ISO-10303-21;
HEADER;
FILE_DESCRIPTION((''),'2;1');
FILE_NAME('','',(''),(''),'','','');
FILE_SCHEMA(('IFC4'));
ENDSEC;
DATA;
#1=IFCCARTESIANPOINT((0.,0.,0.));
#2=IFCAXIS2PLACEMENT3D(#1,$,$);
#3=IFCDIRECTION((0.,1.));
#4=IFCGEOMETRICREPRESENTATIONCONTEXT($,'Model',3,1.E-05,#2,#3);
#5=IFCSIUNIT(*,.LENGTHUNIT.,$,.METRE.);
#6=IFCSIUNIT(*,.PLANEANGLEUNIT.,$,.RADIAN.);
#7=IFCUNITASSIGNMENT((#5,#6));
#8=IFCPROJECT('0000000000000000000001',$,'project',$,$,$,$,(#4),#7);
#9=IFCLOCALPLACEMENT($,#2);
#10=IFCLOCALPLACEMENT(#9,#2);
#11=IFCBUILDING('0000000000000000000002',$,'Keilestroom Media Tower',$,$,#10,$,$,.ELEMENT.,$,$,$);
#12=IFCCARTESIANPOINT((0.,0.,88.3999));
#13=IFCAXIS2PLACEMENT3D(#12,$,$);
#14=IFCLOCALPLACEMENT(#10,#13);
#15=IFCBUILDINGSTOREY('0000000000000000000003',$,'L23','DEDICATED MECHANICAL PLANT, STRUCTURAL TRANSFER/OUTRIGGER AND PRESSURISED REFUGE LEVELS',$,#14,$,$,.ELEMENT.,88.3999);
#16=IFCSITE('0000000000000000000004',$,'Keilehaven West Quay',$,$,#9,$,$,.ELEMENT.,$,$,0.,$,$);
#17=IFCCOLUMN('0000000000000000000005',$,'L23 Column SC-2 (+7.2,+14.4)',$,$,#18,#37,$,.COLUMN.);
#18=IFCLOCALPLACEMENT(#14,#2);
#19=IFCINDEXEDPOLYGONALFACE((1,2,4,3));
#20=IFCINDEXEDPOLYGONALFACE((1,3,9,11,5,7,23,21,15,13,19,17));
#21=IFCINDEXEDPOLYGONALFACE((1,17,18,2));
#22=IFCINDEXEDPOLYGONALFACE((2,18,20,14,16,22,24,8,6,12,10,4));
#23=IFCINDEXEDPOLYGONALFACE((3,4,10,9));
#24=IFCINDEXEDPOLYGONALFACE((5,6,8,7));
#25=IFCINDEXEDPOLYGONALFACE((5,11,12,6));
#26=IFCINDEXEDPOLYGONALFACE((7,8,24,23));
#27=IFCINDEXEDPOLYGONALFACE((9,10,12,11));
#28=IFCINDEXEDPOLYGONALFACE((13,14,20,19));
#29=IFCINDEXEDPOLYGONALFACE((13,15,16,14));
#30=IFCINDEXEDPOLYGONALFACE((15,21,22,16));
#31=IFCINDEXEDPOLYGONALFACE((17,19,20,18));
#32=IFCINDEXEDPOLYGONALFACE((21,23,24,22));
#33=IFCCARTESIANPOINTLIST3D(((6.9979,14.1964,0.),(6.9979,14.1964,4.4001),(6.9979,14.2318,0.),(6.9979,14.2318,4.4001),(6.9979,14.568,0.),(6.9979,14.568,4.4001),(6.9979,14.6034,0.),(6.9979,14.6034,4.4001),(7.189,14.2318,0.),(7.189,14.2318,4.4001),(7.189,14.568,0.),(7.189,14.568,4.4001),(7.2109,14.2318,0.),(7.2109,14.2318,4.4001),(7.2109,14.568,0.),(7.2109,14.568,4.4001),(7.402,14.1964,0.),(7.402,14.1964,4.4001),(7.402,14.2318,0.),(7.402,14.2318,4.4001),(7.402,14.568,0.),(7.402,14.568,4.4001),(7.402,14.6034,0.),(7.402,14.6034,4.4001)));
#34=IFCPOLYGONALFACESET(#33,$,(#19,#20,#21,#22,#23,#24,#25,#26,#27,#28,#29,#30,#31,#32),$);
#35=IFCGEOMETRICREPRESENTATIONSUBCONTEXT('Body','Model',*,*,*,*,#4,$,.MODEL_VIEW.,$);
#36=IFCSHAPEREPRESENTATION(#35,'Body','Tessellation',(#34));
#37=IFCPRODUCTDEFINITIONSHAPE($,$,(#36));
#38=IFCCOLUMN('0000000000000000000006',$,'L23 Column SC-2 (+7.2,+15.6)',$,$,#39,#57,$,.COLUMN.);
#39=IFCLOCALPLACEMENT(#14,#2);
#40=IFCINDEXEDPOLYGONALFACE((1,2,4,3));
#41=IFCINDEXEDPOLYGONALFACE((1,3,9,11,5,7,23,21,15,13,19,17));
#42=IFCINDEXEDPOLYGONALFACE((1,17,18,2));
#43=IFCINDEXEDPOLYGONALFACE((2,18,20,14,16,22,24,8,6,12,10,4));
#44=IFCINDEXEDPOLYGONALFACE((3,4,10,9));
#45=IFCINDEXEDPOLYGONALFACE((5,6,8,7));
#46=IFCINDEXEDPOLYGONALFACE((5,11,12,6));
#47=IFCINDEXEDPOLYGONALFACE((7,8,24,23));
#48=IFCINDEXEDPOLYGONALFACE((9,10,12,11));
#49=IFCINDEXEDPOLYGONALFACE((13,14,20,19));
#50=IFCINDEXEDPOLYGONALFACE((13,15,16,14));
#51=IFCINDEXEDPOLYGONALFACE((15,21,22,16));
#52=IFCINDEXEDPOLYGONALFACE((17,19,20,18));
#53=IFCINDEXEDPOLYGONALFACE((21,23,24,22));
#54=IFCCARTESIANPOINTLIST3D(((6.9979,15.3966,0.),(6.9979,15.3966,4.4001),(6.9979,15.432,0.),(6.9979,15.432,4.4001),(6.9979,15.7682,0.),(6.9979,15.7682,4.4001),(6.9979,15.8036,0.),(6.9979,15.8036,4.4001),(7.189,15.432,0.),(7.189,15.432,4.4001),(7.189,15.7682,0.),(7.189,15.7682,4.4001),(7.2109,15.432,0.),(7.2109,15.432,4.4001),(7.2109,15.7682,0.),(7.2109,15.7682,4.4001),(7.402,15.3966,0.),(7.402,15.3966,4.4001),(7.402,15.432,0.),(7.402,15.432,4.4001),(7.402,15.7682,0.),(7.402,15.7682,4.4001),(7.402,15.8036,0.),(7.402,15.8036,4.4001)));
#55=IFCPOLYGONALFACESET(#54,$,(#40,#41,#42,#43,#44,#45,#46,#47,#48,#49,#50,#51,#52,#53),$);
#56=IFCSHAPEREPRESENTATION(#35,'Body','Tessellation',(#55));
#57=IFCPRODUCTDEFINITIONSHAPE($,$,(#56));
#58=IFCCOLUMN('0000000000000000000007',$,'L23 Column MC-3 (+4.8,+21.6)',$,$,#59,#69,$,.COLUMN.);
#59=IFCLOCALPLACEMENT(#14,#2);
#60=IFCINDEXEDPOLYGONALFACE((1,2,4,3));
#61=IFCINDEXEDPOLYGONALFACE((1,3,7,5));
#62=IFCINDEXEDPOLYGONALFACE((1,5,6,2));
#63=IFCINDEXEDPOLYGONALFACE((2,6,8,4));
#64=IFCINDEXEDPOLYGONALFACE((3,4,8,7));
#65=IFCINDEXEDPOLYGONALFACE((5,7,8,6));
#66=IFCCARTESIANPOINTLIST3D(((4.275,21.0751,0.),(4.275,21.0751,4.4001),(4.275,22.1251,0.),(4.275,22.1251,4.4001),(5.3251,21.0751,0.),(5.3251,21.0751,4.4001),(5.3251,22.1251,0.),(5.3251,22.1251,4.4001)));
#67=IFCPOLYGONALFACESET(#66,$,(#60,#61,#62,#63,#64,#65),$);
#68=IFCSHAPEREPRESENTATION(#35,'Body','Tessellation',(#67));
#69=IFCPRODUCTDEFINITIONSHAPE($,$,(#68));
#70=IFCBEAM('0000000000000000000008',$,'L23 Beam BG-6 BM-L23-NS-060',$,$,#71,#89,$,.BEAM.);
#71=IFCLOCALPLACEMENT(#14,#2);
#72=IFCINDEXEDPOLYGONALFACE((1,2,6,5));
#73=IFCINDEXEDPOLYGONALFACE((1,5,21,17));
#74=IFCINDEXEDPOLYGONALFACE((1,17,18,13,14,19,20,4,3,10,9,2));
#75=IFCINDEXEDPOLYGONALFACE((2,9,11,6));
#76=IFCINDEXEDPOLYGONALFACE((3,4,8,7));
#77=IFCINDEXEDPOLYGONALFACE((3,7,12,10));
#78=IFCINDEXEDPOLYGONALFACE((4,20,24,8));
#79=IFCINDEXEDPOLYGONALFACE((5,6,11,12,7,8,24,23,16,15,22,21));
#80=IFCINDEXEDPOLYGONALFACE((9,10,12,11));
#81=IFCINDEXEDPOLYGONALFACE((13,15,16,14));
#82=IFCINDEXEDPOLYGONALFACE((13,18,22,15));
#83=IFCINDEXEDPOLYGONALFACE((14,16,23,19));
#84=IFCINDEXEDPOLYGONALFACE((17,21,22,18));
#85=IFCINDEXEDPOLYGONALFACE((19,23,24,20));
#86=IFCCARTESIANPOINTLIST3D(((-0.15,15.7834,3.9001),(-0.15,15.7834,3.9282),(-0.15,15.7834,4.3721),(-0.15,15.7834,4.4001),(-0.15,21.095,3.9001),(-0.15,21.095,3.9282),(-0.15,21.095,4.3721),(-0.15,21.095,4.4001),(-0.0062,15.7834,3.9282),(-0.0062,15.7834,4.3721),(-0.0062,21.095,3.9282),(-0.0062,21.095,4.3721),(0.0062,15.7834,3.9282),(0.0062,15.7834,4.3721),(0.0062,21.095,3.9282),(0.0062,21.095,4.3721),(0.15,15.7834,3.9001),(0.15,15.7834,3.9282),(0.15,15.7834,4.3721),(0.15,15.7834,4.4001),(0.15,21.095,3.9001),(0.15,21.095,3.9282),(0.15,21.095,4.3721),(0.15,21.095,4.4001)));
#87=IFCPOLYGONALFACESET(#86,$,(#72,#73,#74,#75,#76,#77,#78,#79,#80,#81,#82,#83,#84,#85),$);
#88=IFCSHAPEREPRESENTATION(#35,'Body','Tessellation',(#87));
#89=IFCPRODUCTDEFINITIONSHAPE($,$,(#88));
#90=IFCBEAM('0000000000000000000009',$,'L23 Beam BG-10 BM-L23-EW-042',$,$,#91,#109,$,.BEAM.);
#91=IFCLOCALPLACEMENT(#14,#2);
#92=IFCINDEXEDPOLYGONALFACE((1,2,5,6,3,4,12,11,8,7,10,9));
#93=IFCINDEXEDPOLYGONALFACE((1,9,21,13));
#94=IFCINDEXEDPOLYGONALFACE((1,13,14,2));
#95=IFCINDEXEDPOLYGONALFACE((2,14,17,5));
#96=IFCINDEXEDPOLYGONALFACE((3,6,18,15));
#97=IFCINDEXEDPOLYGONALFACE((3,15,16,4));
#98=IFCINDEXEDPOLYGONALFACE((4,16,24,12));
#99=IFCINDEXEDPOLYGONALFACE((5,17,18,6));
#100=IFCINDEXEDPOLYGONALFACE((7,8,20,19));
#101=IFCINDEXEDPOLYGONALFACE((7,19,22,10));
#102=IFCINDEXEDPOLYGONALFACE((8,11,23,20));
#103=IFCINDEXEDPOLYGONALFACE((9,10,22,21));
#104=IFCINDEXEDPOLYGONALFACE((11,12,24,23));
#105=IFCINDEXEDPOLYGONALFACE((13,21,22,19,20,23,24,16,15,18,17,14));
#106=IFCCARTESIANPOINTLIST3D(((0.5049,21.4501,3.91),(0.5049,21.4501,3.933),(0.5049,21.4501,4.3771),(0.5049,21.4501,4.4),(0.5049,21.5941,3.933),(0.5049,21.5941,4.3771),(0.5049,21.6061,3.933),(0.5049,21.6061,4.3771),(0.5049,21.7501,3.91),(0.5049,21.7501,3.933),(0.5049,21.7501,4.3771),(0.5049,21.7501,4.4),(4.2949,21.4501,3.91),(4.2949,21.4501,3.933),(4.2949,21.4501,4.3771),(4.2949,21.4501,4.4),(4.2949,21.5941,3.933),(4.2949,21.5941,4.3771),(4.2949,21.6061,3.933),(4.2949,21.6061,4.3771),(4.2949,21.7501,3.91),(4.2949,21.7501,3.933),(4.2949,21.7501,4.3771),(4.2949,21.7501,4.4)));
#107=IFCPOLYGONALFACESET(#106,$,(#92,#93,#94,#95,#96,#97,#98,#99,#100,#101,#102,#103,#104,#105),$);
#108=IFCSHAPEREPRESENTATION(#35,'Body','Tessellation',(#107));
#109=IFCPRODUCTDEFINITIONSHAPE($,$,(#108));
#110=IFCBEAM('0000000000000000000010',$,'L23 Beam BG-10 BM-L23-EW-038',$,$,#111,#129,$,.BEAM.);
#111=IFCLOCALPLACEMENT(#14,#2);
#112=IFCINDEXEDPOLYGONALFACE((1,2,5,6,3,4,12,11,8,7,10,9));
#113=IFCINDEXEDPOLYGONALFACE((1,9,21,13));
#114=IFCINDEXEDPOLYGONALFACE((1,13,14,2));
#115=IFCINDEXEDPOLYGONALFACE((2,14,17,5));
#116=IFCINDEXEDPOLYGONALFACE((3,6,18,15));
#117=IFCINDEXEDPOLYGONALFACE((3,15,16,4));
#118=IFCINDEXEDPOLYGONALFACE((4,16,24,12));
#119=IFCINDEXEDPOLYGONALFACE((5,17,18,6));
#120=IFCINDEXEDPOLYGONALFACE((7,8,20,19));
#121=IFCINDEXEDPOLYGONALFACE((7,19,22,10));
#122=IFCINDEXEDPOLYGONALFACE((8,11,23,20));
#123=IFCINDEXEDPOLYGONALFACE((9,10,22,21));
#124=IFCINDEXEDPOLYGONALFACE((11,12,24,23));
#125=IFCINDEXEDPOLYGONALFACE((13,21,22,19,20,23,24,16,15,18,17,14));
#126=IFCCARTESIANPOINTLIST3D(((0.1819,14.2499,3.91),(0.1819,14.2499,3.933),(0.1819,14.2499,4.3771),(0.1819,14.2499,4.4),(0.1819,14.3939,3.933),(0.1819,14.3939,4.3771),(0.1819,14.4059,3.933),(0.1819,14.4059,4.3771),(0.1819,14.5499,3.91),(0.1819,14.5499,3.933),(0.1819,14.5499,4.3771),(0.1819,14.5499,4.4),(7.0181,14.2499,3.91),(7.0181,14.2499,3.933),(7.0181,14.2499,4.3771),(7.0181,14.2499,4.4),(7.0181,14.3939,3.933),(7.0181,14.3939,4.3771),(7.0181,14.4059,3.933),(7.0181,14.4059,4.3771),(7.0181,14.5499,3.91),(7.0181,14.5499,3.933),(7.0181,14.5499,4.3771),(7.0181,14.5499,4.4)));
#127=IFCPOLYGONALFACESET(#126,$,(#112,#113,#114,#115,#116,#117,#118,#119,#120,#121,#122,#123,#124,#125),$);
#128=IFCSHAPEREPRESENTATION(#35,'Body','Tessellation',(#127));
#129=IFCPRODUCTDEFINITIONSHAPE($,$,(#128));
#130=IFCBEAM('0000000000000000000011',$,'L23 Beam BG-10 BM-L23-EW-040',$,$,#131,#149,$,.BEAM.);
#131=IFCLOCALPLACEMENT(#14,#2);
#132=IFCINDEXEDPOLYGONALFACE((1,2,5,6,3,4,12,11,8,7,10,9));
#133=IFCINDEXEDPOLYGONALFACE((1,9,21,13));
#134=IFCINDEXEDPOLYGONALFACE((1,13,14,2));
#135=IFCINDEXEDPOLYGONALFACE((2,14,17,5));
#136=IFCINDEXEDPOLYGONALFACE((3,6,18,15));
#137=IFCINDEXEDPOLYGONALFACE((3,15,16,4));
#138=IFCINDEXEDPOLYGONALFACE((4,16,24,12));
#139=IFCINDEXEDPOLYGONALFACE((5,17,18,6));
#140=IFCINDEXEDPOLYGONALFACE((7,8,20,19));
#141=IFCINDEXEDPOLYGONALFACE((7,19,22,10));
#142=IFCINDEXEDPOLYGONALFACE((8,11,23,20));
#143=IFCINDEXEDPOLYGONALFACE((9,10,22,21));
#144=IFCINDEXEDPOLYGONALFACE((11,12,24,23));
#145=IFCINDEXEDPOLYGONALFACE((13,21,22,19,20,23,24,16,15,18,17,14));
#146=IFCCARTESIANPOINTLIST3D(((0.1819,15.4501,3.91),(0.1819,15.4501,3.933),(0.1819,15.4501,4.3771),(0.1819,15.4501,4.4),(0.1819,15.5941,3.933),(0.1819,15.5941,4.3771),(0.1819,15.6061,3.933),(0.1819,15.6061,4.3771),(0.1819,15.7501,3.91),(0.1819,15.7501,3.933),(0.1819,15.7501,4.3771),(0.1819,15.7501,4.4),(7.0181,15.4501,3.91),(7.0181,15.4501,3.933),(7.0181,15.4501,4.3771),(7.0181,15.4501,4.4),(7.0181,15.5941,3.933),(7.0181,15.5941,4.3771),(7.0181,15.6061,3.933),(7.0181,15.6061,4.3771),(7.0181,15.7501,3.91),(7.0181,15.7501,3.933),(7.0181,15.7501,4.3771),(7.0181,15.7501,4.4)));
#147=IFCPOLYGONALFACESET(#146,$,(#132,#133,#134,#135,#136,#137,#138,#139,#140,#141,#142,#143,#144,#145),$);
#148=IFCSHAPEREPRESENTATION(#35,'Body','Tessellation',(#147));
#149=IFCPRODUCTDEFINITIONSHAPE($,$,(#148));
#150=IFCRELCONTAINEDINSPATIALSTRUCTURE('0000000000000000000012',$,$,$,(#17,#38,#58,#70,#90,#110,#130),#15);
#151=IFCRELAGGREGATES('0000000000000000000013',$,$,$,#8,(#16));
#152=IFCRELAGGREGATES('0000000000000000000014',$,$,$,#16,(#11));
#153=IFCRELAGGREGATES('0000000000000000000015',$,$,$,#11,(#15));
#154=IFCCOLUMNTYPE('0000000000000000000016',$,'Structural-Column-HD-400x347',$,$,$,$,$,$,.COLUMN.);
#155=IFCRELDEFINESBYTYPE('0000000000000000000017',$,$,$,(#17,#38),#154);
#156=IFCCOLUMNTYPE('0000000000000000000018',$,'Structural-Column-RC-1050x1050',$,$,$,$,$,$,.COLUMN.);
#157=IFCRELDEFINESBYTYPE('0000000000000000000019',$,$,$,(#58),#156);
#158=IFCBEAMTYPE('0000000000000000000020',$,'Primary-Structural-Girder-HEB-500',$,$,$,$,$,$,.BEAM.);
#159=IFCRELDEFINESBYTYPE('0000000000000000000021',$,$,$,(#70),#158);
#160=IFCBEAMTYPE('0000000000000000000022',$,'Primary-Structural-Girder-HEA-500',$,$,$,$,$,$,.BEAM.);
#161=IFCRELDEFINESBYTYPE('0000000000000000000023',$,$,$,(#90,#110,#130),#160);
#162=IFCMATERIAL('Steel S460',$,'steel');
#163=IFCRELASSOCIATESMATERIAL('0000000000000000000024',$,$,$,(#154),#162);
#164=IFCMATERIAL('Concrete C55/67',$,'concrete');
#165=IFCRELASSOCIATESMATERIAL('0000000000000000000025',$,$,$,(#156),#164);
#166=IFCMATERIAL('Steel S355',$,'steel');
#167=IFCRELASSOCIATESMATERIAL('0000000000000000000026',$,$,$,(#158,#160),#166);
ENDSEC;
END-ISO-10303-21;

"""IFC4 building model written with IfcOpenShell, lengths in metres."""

from ifc_helpers import new_model, si_unit, direction, frame, origin, origin_2d, place, context, subcontext, project, spatial, rectangle, i_section, extrude, source, transform, mapped, material, material_profile, profile_set, type_object, element, save


model = new_model("IFC4")

# Units and contexts
model_context = context("Model", 3, precision=1e-05, world=origin(), true_north=direction((0.0, 1.0)))
body_context = subcontext(model_context, "Body", "Model", "MODEL_VIEW")
ifc_project = project(units=[si_unit("LENGTHUNIT", "METRE"), si_unit("PLANEANGLEUNIT", "RADIAN")], contexts=[model_context])

# Site, building, storey
site_placement = place(None, origin())
site = spatial("IfcSite", under=ifc_project, at=site_placement, Name="Keilehaven West Quay", CompositionType="ELEMENT", RefElevation=0.0)
building_placement = place(site_placement, origin())
building = spatial("IfcBuilding", under=site, at=building_placement, Name="Keilestroom Media Tower", CompositionType="ELEMENT")
storey_placement = place(building_placement, frame((0.0, 0.0, 88.3999)))
storey = spatial("IfcBuildingStorey", under=building, at=storey_placement, Name="L23", Description="DEDICATED MECHANICAL PLANT, STRUCTURAL TRANSFER/OUTRIGGER AND PRESSURISED REFUGE LEVELS", CompositionType="ELEMENT", Elevation=88.3999)

# Columns
ifc_material_1 = material(Name="Steel S460", Category="steel")
ifc_material_profile_1 = material_profile(ifc_material_1, i_section(OverallWidth=0.4041, OverallDepth=0.407, WebThickness=0.022, FlangeThickness=0.0354, at=origin_2d()), Name="HD 400x347")
ifc_profile_set_1 = profile_set([ifc_material_profile_1], Name="Steel S460")
column_type_1 = type_object("IfcColumnType", Name="Structural-Column-HD-400x347", PredefinedType="COLUMN", material=ifc_profile_set_1)
shared_shape_1 = source(origin(), body_context, "Body", "SweptSolid", [
    extrude(i_section(OverallWidth=0.4041, OverallDepth=0.407, WebThickness=0.022, FlangeThickness=0.0354, at=origin_2d()), origin(), (0.0, 0.0, 1.0), 4.4001),
])
for number, where, z_axis, x_axis, name in (
    (1, (7.2, 14.3999, 0.0), (0.0, 0.0, 1.0), (1.0, 0.0, 0.0), "L23 Column SC-2 (+7.2,+14.4)"),
    (2, (7.2, 15.6001, 0.0), (0.0, 0.0, 1.0), (1.0, 0.0, 0.0), "L23 Column SC-2 (+7.2,+15.6)"),
):
    element("IfcColumn", number, at=place(storey_placement, frame(where, z_axis=z_axis, x_axis=x_axis)), inside=storey, type_object=column_type_1, Name=name, PredefinedType="COLUMN", context=body_context, shape_type="MappedRepresentation", body=[
        mapped(shared_shape_1, transform((0.0, 0.0, 0.0), x_axis=(1.0, 0.0, 0.0), y_axis=(0.0, 1.0, 0.0), z_axis=(0.0, 0.0, 1.0), scale=1.0)),
    ])
ifc_material_2 = material(Name="Concrete C55/67", Category="concrete")
ifc_material_profile_2 = material_profile(ifc_material_2, rectangle(XDim=1.05, YDim=1.05, at=origin_2d()), Name="RC 1050x1050")
ifc_profile_set_2 = profile_set([ifc_material_profile_2], Name="Concrete C55/67")
column_type_2 = type_object("IfcColumnType", Name="Structural-Column-RC-1050x1050", PredefinedType="COLUMN", material=ifc_profile_set_2)
shared_shape_2 = source(origin(), body_context, "Body", "SweptSolid", [
    extrude(rectangle(XDim=1.05, YDim=1.05, at=origin_2d()), origin(), (0.0, 0.0, 1.0), 4.4001),
])
column_placement = place(storey_placement, frame((4.8, 21.6001, 0.0), z_axis=(0.0, 0.0, 1.0), x_axis=(1.0, 0.0, 0.0)))
element("IfcColumn", 3, at=column_placement, inside=storey, type_object=column_type_2, Name="L23 Column MC-3 (+4.8,+21.6)", PredefinedType="COLUMN", context=body_context, shape_type="MappedRepresentation", body=[
    mapped(shared_shape_2, transform((0.0, 0.0, 0.0), x_axis=(1.0, 0.0, 0.0), y_axis=(0.0, 1.0, 0.0), z_axis=(0.0, 0.0, 1.0), scale=1.0)),
])

# Beams
ifc_material_3 = material(Name="Steel S355", Category="steel")
ifc_material_profile_3 = material_profile(ifc_material_3, i_section(OverallWidth=0.3, OverallDepth=0.5, WebThickness=0.0125, FlangeThickness=0.0281, at=origin_2d()), Name="HEB 500")
ifc_profile_set_3 = profile_set([ifc_material_profile_3], Name="Steel S355")
beam_type_1 = type_object("IfcBeamType", Name="Primary-Structural-Girder-HEB-500", PredefinedType="BEAM", material=ifc_profile_set_3)
shared_shape_3 = source(origin(), body_context, "Body", "SweptSolid", [
    extrude(i_section(OverallWidth=0.3, OverallDepth=0.5, WebThickness=0.0125, FlangeThickness=0.0281, at=origin_2d()), origin(), (0.0, 0.0, 1.0), 5.3115),
])
beam_1_placement = place(storey_placement, frame((0.0, 15.7834, 4.1501), z_axis=(0.0, 1.0, 0.0), x_axis=(-1.0, 0.0, 0.0)))
element("IfcBeam", 4, at=beam_1_placement, inside=storey, type_object=beam_type_1, Name="L23 Beam BG-6 BM-L23-NS-060", PredefinedType="BEAM", context=body_context, shape_type="MappedRepresentation", body=[
    mapped(shared_shape_3, transform((0.0, 0.0, 0.0), x_axis=(1.0, 0.0, 0.0), y_axis=(0.0, 1.0, 0.0), z_axis=(0.0, 0.0, 1.0), scale=1.0)),
])
ifc_material_profile_4 = material_profile(ifc_material_3, i_section(OverallWidth=0.3, OverallDepth=0.49, WebThickness=0.012, FlangeThickness=0.0229, at=origin_2d()), Name="HEA 500")
ifc_profile_set_4 = profile_set([ifc_material_profile_4], Name="Steel S355")
beam_type_2 = type_object("IfcBeamType", Name="Primary-Structural-Girder-HEA-500", PredefinedType="BEAM", material=ifc_profile_set_4)
shared_shape_4 = source(origin(), body_context, "Body", "SweptSolid", [
    extrude(i_section(OverallWidth=0.3, OverallDepth=0.49, WebThickness=0.012, FlangeThickness=0.0229, at=origin_2d()), origin(), (0.0, 0.0, 1.0), 3.79),
])
beam_2_placement = place(storey_placement, frame((0.5049, 21.6001, 4.155), z_axis=(1.0, 0.0, 0.0), x_axis=(0.0, 1.0, 0.0)))
element("IfcBeam", 5, at=beam_2_placement, inside=storey, type_object=beam_type_2, Name="L23 Beam BG-10 BM-L23-EW-042", PredefinedType="BEAM", context=body_context, shape_type="MappedRepresentation", body=[
    mapped(shared_shape_4, transform((0.0, 0.0, 0.0), x_axis=(1.0, 0.0, 0.0), y_axis=(0.0, 1.0, 0.0), z_axis=(0.0, 0.0, 1.0), scale=1.0)),
])
shared_shape_5 = source(origin(), body_context, "Body", "SweptSolid", [
    extrude(i_section(OverallWidth=0.3, OverallDepth=0.49, WebThickness=0.012, FlangeThickness=0.0229, at=origin_2d()), origin(), (0.0, 0.0, 1.0), 6.8362),
])
for number, where, z_axis, x_axis, name in (
    (6, (0.1819, 14.3999, 4.155), (1.0, 0.0, 0.0), (0.0, 1.0, 0.0), "L23 Beam BG-10 BM-L23-EW-038"),
    (7, (0.1819, 15.6001, 4.155), (1.0, 0.0, 0.0), (0.0, 1.0, 0.0), "L23 Beam BG-10 BM-L23-EW-040"),
):
    element("IfcBeam", number, at=place(storey_placement, frame(where, z_axis=z_axis, x_axis=x_axis)), inside=storey, type_object=beam_type_2, Name=name, PredefinedType="BEAM", context=body_context, shape_type="MappedRepresentation", body=[
        mapped(shared_shape_5, transform((0.0, 0.0, 0.0), x_axis=(1.0, 0.0, 0.0), y_axis=(0.0, 1.0, 0.0), z_axis=(0.0, 0.0, 1.0), scale=1.0)),
    ])

save(model, "model.ifc")
